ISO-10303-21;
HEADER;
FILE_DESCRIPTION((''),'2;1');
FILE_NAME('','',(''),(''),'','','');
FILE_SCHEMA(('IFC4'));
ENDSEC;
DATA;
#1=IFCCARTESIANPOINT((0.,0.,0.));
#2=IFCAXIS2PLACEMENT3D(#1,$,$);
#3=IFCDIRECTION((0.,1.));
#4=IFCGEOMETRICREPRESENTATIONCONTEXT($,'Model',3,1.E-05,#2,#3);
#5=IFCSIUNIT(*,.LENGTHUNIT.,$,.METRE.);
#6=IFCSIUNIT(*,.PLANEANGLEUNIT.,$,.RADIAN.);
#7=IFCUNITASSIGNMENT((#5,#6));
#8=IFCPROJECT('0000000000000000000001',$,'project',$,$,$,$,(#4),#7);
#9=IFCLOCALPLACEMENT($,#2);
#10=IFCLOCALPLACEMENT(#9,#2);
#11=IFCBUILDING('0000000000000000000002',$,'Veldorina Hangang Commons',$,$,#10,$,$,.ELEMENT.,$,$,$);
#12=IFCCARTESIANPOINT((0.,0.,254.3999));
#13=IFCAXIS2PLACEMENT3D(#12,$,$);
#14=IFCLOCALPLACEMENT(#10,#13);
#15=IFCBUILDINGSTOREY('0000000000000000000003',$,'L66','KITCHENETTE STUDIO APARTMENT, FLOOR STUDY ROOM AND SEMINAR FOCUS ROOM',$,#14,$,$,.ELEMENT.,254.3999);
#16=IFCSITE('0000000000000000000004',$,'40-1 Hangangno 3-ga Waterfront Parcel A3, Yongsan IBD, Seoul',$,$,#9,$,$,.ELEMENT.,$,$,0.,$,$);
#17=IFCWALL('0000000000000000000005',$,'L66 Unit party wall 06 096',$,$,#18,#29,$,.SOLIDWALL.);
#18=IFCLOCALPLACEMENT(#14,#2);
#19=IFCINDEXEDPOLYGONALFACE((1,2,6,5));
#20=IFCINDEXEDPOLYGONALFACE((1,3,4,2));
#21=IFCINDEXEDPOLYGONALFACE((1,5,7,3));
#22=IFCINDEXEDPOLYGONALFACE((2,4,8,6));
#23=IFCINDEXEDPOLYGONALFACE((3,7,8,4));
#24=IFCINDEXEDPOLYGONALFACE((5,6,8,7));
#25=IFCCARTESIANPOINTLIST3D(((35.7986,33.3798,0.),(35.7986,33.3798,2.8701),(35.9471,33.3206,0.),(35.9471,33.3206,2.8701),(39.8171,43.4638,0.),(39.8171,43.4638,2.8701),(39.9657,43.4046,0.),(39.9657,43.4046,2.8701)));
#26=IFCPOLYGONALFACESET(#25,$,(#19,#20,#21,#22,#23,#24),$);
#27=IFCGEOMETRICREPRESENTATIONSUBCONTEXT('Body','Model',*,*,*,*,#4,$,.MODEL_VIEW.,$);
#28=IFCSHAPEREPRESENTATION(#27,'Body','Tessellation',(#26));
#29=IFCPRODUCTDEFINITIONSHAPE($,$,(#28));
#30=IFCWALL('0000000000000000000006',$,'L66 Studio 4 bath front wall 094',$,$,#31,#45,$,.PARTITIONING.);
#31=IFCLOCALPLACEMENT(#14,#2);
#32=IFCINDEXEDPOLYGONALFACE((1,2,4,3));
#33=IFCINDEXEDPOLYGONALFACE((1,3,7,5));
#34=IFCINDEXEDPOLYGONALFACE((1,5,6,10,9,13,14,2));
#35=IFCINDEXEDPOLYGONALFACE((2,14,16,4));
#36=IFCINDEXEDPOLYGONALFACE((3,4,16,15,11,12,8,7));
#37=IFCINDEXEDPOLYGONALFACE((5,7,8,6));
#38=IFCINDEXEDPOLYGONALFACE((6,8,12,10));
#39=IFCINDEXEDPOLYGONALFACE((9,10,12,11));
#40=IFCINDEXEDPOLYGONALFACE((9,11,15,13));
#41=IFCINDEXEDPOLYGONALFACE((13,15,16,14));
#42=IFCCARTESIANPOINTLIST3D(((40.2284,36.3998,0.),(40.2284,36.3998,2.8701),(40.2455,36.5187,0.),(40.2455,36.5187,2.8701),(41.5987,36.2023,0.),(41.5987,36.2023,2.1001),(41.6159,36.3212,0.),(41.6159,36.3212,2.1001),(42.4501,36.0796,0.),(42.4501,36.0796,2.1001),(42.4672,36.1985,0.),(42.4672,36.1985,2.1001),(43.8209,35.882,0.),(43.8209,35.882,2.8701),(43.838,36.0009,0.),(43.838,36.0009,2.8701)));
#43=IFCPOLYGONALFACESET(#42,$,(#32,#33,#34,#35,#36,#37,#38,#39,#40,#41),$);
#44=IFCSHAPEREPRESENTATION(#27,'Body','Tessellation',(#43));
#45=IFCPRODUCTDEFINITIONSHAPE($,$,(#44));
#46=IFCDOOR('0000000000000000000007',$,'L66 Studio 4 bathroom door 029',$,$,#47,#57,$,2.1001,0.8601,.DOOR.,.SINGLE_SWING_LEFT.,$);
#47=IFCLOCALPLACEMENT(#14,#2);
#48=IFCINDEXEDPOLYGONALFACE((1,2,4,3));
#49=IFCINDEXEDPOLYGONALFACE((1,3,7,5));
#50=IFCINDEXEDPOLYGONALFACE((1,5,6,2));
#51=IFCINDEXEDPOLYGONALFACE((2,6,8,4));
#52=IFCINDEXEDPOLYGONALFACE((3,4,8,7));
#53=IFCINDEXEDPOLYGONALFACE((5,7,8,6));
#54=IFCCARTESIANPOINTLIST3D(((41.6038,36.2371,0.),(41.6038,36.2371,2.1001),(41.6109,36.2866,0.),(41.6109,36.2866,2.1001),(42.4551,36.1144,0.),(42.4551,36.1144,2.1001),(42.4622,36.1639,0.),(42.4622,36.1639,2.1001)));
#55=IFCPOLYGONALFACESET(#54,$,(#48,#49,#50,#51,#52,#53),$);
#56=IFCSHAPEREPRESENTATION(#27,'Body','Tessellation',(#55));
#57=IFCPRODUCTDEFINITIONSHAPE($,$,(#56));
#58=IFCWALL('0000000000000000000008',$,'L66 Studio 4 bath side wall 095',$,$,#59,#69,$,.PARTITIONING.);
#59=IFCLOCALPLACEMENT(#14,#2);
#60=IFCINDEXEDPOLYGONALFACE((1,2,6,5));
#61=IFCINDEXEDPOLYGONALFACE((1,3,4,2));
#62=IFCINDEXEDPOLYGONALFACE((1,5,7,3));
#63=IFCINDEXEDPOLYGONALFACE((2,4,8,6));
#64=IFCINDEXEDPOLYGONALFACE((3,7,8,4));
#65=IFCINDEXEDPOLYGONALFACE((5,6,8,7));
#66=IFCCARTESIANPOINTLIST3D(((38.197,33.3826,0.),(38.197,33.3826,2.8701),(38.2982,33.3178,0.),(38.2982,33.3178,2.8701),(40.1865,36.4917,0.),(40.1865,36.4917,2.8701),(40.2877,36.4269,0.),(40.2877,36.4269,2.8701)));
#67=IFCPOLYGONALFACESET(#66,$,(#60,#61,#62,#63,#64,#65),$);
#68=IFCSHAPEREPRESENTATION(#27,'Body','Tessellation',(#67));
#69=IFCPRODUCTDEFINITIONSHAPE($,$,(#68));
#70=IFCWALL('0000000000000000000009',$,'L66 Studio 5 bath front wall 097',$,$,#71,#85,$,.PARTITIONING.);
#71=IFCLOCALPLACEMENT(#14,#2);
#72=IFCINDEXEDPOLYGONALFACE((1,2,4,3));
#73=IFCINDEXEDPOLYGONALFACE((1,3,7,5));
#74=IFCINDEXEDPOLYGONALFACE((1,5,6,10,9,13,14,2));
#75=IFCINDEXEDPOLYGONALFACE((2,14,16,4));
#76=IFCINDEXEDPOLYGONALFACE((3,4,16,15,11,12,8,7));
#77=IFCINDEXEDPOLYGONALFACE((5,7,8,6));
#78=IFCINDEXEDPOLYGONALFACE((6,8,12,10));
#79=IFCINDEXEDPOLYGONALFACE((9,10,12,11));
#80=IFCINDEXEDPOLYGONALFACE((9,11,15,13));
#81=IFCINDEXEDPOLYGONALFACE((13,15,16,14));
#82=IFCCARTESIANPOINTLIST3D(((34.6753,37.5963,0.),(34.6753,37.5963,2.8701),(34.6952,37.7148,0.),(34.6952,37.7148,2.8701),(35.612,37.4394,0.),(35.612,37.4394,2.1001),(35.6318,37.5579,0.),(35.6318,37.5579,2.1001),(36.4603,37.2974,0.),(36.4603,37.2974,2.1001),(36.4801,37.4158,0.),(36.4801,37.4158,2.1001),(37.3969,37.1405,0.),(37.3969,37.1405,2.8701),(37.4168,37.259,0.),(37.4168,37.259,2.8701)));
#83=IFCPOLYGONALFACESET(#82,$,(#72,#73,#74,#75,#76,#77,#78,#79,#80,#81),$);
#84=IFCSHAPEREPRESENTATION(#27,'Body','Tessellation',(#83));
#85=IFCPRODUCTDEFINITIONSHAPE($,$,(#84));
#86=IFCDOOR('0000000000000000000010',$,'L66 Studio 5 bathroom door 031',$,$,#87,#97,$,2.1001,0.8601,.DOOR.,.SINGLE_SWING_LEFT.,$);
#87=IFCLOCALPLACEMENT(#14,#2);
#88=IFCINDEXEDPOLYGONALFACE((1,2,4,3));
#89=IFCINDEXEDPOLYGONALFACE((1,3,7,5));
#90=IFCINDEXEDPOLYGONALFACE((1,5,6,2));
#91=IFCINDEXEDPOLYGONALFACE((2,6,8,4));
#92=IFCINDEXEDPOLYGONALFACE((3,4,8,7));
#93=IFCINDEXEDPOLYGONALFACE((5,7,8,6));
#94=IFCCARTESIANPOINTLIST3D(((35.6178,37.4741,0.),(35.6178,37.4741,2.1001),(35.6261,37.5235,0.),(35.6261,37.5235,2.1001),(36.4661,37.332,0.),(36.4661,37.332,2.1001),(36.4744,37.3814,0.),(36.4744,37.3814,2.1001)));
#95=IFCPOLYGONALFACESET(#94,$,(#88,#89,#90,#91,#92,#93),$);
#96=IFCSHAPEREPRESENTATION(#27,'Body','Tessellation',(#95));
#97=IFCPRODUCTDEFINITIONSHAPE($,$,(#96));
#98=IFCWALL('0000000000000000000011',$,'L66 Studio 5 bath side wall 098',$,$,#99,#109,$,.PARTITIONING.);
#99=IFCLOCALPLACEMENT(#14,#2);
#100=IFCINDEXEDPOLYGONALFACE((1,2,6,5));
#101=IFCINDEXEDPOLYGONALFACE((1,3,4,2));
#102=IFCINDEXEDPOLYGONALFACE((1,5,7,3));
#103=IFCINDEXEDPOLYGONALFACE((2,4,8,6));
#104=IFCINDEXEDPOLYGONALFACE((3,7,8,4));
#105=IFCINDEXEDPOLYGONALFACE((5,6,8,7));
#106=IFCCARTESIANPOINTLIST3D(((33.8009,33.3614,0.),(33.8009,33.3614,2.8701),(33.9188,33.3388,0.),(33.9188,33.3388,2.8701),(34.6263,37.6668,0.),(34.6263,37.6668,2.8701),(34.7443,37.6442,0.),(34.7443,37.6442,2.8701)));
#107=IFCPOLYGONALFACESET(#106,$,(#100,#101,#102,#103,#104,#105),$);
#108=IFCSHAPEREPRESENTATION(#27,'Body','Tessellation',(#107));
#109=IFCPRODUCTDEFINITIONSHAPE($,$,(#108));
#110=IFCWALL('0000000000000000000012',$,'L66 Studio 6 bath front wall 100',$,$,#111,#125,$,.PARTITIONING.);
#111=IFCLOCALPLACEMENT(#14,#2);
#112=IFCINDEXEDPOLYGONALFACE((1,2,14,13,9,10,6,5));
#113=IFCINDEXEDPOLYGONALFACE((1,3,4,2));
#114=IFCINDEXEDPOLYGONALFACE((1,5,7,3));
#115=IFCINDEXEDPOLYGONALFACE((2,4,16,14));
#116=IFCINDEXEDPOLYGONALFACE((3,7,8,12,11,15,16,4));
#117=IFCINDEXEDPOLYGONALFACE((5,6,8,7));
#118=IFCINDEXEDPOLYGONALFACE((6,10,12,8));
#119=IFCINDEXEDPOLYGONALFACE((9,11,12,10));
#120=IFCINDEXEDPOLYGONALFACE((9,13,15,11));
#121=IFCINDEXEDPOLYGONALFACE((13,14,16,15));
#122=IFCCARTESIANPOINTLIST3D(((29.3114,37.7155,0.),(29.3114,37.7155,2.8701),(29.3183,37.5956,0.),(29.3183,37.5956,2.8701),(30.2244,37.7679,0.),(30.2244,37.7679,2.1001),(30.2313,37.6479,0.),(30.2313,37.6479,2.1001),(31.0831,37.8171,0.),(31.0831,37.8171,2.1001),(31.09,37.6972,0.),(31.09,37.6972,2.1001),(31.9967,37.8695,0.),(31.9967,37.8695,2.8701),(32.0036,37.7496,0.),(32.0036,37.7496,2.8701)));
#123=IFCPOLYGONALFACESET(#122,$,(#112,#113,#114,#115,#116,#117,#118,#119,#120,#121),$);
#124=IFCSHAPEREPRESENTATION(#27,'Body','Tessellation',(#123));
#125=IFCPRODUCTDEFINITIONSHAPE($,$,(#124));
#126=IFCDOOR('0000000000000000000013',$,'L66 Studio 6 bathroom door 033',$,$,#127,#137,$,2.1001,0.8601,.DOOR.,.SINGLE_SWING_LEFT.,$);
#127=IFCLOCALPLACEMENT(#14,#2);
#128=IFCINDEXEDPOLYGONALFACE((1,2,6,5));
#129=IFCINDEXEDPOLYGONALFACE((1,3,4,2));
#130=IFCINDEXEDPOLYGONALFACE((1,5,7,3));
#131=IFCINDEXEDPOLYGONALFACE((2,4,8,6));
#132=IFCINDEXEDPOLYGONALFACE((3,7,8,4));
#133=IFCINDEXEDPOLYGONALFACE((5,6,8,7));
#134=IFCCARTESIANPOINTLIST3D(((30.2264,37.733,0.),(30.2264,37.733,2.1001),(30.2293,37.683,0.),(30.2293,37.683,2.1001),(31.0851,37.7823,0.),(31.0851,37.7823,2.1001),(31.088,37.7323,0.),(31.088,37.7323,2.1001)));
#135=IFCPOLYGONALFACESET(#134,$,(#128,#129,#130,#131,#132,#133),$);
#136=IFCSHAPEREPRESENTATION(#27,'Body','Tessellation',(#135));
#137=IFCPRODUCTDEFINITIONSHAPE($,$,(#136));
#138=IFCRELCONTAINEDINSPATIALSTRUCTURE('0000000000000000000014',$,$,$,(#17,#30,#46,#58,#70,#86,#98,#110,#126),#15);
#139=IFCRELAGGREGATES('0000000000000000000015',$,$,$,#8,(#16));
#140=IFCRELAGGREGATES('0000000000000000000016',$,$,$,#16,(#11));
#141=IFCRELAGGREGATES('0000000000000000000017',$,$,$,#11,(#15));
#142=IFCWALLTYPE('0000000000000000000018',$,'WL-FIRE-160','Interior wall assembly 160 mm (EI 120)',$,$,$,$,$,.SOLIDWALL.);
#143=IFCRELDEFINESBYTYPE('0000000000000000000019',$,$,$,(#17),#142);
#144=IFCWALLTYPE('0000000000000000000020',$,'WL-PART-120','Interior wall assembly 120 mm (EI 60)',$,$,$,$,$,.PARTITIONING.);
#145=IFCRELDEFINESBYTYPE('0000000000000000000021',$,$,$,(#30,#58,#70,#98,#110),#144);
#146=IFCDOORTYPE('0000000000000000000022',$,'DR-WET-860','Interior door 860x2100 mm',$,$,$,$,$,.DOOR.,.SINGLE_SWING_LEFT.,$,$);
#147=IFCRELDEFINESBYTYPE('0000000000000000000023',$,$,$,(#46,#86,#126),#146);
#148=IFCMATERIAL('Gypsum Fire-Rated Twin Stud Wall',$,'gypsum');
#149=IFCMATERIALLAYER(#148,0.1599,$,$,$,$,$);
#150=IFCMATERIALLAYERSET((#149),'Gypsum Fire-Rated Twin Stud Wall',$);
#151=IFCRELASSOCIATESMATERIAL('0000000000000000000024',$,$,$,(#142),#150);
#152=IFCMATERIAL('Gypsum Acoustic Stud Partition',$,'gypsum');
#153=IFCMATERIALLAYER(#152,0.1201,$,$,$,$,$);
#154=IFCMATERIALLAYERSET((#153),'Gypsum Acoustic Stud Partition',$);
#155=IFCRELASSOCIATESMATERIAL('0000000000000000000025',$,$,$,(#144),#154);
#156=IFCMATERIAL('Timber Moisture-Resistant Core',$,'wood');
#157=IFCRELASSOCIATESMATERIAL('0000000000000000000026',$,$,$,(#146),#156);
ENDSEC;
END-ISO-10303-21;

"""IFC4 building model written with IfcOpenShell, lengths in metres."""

from ifc_helpers import new_model, si_unit, direction, frame, frame_2d, origin, place, context, subcontext, project, spatial, rectangle, extrude, material, layer, layer_set, type_object, element, fill, save


model = new_model("IFC4")

# Units and contexts
model_context = context("Model", 3, precision=1e-05, world=origin(), true_north=direction((0.0, 1.0)))
body_context = subcontext(model_context, "Body", "Model", "MODEL_VIEW")
ifc_project = project(units=[si_unit("LENGTHUNIT", "METRE"), si_unit("PLANEANGLEUNIT", "RADIAN")], contexts=[model_context])

# Site, building, storey
site_placement = place(None, origin())
site = spatial("IfcSite", under=ifc_project, at=site_placement, Name="40-1 Hangangno 3-ga Waterfront Parcel A3, Yongsan IBD, Seoul", CompositionType="ELEMENT", RefElevation=0.0)
building_placement = place(site_placement, origin())
building = spatial("IfcBuilding", under=site, at=building_placement, Name="Veldorina Hangang Commons", CompositionType="ELEMENT")
storey_placement = place(building_placement, frame((0.0, 0.0, 254.3999)))
storey = spatial("IfcBuildingStorey", under=building, at=storey_placement, Name="L66", Description="KITCHENETTE STUDIO APARTMENT, FLOOR STUDY ROOM AND SEMINAR FOCUS ROOM", CompositionType="ELEMENT", Elevation=254.3999)

# Shared definitions
ifc_material_1 = material(Name="Gypsum Fire-Rated Twin Stud Wall", Category="gypsum")
ifc_layer_1 = layer(ifc_material_1, 0.1599)
ifc_layer_set_1 = layer_set([ifc_layer_1], Name="Gypsum Fire-Rated Twin Stud Wall")
wall_type_1 = type_object("IfcWallType", Name="WL-FIRE-160", Description="Interior wall assembly 160 mm (EI 120)", PredefinedType="SOLIDWALL", material=ifc_layer_set_1)

# Wall
wall_1_placement = place(storey_placement, frame((35.8728, 33.3501, 0.0), z_axis=(0.0, 0.0, 1.0), x_axis=(0.370196, 0.928954, 0.0)))
element("IfcWall", 1, at=wall_1_placement, inside=storey, type_object=wall_type_1, Name="L66 Unit party wall 06 096", PredefinedType="SOLIDWALL", context=body_context, shape_type="SweptSolid", body=[
    extrude(rectangle(XDim=10.8552, YDim=0.1599, at=frame_2d((5.4277, 0.0))), origin(), (0.0, 0.0, 1.0), 2.8701),
])

# Wall, opening, door
ifc_material_2 = material(Name="Gypsum Acoustic Stud Partition", Category="gypsum")
ifc_layer_2 = layer(ifc_material_2, 0.1201)
ifc_layer_set_2 = layer_set([ifc_layer_2], Name="Gypsum Acoustic Stud Partition")
wall_type_2 = type_object("IfcWallType", Name="WL-PART-120", Description="Interior wall assembly 120 mm (EI 60)", PredefinedType="PARTITIONING", material=ifc_layer_set_2)
wall_2_placement = place(storey_placement, frame((43.8296, 35.9414, 0.0), z_axis=(0.0, 0.0, 1.0), x_axis=(-0.989771, 0.142664, 0.0)))
wall_2 = element("IfcWall", 2, at=wall_2_placement, inside=storey, type_object=wall_type_2, Name="L66 Studio 4 bath front wall 094", PredefinedType="PARTITIONING", context=body_context, shape_type="SweptSolid", body=[
    extrude(rectangle(XDim=3.6296, YDim=0.1201, at=frame_2d((1.8149, 0.0))), origin(), (0.0, 0.0, 1.0), 2.8701),
])
opening_1_placement = place(wall_2_placement, frame((1.385, 0.0, 0.0)))
opening_1 = element("IfcOpeningElement", 3, at=opening_1_placement, cuts=wall_2, PredefinedType="OPENING", context=body_context, shape_type="SweptSolid", body=[
    extrude(rectangle(XDim=0.8601, YDim=2.1001, at=frame_2d((0.4302, 1.05))), frame((0.0, 0.0701, 0.0), z_axis=(0.0, -1.0, 0.0), x_axis=(1.0, 0.0, 0.0)), (0.0, 0.0, 1.0), 0.1401),
])
ifc_material_3 = material(Name="Timber Moisture-Resistant Core", Category="wood")
door_type_1 = type_object("IfcDoorType", Name="DR-WET-860", Description="Interior door 860x2100 mm", OperationType="SINGLE_SWING_LEFT", PredefinedType="DOOR", material=ifc_material_3)
door_1_placement = place(opening_1_placement, origin())
door_1 = element("IfcDoor", 4, at=door_1_placement, inside=storey, type_object=door_type_1, Name="L66 Studio 4 bathroom door 029", OperationType="SINGLE_SWING_LEFT", OverallHeight=2.1001, OverallWidth=0.8601, PredefinedType="DOOR", context=body_context, shape_type="SweptSolid", body=[
    extrude(rectangle(XDim=0.8601, YDim=2.1001, at=frame_2d((0.4302, 1.05))), frame((0.0, 0.0249, 0.0), z_axis=(0.0, -1.0, 0.0), x_axis=(1.0, 0.0, 0.0)), (0.0, 0.0, 1.0), 0.05),
])
fill(opening_1, door_1)

# Wall
wall_3_placement = place(storey_placement, frame((38.2476, 33.3501, 0.0), z_axis=(0.0, 0.0, 1.0), x_axis=(0.538988, 0.842313, 0.0)))
element("IfcWall", 5, at=wall_3_placement, inside=storey, type_object=wall_type_2, Name="L66 Studio 4 bath side wall 095", PredefinedType="PARTITIONING", context=body_context, shape_type="SweptSolid", body=[
    extrude(rectangle(XDim=3.6912, YDim=0.1201, at=frame_2d((1.8457, 0.0))), origin(), (0.0, 0.0, 1.0), 2.8701),
])

# Wall, opening, door
wall_4_placement = place(storey_placement, frame((37.407, 37.1997, 0.0), z_axis=(0.0, 0.0, 1.0), x_axis=(-0.986265, 0.165174, 0.0)))
wall_4 = element("IfcWall", 6, at=wall_4_placement, inside=storey, type_object=wall_type_2, Name="L66 Studio 5 bath front wall 097", PredefinedType="PARTITIONING", context=body_context, shape_type="SweptSolid", body=[
    extrude(rectangle(XDim=2.7595, YDim=0.1201, at=frame_2d((1.3799, 0.0))), origin(), (0.0, 0.0, 1.0), 2.8701),
])
opening_2_placement = place(wall_4_placement, frame((0.9497, 0.0, 0.0)))
opening_2 = element("IfcOpeningElement", 7, at=opening_2_placement, cuts=wall_4, PredefinedType="OPENING", context=body_context, shape_type="SweptSolid", body=[
    extrude(rectangle(XDim=0.8601, YDim=2.1001, at=frame_2d((0.4302, 1.05))), frame((0.0, 0.0701, 0.0), z_axis=(0.0, -1.0, 0.0), x_axis=(1.0, 0.0, 0.0)), (0.0, 0.0, 1.0), 0.1401),
])
door_2_placement = place(opening_2_placement, origin())
door_2 = element("IfcDoor", 8, at=door_2_placement, inside=storey, type_object=door_type_1, Name="L66 Studio 5 bathroom door 031", OperationType="SINGLE_SWING_LEFT", OverallHeight=2.1001, OverallWidth=0.8601, PredefinedType="DOOR", context=body_context, shape_type="SweptSolid", body=[
    extrude(rectangle(XDim=0.8601, YDim=2.1001, at=frame_2d((0.4302, 1.05))), frame((0.0, 0.0249, 0.0), z_axis=(0.0, -1.0, 0.0), x_axis=(1.0, 0.0, 0.0)), (0.0, 0.0, 1.0), 0.05),
])
fill(opening_2, door_2)

# Wall
wall_5_placement = place(storey_placement, frame((33.8599, 33.3501, 0.0), z_axis=(0.0, 0.0, 1.0), x_axis=(0.188292, 0.982113, 0.0)))
element("IfcWall", 9, at=wall_5_placement, inside=storey, type_object=wall_type_2, Name="L66 Studio 5 bath side wall 098", PredefinedType="PARTITIONING", context=body_context, shape_type="SweptSolid", body=[
    extrude(rectangle(XDim=4.3838, YDim=0.1201, at=frame_2d((2.1919, 0.0))), origin(), (0.0, 0.0, 1.0), 2.8701),
])

# Wall, opening, door
wall_6_placement = place(storey_placement, frame((32.0, 37.8096, 0.0), z_axis=(0.0, 0.0, 1.0), x_axis=(-0.998358, -0.057275, 0.0)))
wall_6 = element("IfcWall", 10, at=wall_6_placement, inside=storey, type_object=wall_type_2, Name="L66 Studio 6 bath front wall 100", PredefinedType="PARTITIONING", context=body_context, shape_type="SweptSolid", body=[
    extrude(rectangle(XDim=2.6897, YDim=0.1201, at=frame_2d((1.3447, 0.0))), origin(), (0.0, 0.0, 1.0), 2.8701),
])
opening_3_placement = place(wall_6_placement, frame((0.9148, 0.0, 0.0)))
opening_3 = element("IfcOpeningElement", 11, at=opening_3_placement, cuts=wall_6, PredefinedType="OPENING", context=body_context, shape_type="SweptSolid", body=[
    extrude(rectangle(XDim=0.8601, YDim=2.1001, at=frame_2d((0.4302, 1.05))), frame((0.0, 0.0701, 0.0), z_axis=(0.0, -1.0, 0.0), x_axis=(1.0, 0.0, 0.0)), (0.0, 0.0, 1.0), 0.1401),
])
door_3_placement = place(opening_3_placement, origin())
door_3 = element("IfcDoor", 12, at=door_3_placement, inside=storey, type_object=door_type_1, Name="L66 Studio 6 bathroom door 033", OperationType="SINGLE_SWING_LEFT", OverallHeight=2.1001, OverallWidth=0.8601, PredefinedType="DOOR", context=body_context, shape_type="SweptSolid", body=[
    extrude(rectangle(XDim=0.8601, YDim=2.1001, at=frame_2d((0.4302, 1.05))), frame((0.0, 0.0249, 0.0), z_axis=(0.0, -1.0, 0.0), x_axis=(1.0, 0.0, 0.0)), (0.0, 0.0, 1.0), 0.05),
])
fill(opening_3, door_3)

save(model, "model.ifc")
